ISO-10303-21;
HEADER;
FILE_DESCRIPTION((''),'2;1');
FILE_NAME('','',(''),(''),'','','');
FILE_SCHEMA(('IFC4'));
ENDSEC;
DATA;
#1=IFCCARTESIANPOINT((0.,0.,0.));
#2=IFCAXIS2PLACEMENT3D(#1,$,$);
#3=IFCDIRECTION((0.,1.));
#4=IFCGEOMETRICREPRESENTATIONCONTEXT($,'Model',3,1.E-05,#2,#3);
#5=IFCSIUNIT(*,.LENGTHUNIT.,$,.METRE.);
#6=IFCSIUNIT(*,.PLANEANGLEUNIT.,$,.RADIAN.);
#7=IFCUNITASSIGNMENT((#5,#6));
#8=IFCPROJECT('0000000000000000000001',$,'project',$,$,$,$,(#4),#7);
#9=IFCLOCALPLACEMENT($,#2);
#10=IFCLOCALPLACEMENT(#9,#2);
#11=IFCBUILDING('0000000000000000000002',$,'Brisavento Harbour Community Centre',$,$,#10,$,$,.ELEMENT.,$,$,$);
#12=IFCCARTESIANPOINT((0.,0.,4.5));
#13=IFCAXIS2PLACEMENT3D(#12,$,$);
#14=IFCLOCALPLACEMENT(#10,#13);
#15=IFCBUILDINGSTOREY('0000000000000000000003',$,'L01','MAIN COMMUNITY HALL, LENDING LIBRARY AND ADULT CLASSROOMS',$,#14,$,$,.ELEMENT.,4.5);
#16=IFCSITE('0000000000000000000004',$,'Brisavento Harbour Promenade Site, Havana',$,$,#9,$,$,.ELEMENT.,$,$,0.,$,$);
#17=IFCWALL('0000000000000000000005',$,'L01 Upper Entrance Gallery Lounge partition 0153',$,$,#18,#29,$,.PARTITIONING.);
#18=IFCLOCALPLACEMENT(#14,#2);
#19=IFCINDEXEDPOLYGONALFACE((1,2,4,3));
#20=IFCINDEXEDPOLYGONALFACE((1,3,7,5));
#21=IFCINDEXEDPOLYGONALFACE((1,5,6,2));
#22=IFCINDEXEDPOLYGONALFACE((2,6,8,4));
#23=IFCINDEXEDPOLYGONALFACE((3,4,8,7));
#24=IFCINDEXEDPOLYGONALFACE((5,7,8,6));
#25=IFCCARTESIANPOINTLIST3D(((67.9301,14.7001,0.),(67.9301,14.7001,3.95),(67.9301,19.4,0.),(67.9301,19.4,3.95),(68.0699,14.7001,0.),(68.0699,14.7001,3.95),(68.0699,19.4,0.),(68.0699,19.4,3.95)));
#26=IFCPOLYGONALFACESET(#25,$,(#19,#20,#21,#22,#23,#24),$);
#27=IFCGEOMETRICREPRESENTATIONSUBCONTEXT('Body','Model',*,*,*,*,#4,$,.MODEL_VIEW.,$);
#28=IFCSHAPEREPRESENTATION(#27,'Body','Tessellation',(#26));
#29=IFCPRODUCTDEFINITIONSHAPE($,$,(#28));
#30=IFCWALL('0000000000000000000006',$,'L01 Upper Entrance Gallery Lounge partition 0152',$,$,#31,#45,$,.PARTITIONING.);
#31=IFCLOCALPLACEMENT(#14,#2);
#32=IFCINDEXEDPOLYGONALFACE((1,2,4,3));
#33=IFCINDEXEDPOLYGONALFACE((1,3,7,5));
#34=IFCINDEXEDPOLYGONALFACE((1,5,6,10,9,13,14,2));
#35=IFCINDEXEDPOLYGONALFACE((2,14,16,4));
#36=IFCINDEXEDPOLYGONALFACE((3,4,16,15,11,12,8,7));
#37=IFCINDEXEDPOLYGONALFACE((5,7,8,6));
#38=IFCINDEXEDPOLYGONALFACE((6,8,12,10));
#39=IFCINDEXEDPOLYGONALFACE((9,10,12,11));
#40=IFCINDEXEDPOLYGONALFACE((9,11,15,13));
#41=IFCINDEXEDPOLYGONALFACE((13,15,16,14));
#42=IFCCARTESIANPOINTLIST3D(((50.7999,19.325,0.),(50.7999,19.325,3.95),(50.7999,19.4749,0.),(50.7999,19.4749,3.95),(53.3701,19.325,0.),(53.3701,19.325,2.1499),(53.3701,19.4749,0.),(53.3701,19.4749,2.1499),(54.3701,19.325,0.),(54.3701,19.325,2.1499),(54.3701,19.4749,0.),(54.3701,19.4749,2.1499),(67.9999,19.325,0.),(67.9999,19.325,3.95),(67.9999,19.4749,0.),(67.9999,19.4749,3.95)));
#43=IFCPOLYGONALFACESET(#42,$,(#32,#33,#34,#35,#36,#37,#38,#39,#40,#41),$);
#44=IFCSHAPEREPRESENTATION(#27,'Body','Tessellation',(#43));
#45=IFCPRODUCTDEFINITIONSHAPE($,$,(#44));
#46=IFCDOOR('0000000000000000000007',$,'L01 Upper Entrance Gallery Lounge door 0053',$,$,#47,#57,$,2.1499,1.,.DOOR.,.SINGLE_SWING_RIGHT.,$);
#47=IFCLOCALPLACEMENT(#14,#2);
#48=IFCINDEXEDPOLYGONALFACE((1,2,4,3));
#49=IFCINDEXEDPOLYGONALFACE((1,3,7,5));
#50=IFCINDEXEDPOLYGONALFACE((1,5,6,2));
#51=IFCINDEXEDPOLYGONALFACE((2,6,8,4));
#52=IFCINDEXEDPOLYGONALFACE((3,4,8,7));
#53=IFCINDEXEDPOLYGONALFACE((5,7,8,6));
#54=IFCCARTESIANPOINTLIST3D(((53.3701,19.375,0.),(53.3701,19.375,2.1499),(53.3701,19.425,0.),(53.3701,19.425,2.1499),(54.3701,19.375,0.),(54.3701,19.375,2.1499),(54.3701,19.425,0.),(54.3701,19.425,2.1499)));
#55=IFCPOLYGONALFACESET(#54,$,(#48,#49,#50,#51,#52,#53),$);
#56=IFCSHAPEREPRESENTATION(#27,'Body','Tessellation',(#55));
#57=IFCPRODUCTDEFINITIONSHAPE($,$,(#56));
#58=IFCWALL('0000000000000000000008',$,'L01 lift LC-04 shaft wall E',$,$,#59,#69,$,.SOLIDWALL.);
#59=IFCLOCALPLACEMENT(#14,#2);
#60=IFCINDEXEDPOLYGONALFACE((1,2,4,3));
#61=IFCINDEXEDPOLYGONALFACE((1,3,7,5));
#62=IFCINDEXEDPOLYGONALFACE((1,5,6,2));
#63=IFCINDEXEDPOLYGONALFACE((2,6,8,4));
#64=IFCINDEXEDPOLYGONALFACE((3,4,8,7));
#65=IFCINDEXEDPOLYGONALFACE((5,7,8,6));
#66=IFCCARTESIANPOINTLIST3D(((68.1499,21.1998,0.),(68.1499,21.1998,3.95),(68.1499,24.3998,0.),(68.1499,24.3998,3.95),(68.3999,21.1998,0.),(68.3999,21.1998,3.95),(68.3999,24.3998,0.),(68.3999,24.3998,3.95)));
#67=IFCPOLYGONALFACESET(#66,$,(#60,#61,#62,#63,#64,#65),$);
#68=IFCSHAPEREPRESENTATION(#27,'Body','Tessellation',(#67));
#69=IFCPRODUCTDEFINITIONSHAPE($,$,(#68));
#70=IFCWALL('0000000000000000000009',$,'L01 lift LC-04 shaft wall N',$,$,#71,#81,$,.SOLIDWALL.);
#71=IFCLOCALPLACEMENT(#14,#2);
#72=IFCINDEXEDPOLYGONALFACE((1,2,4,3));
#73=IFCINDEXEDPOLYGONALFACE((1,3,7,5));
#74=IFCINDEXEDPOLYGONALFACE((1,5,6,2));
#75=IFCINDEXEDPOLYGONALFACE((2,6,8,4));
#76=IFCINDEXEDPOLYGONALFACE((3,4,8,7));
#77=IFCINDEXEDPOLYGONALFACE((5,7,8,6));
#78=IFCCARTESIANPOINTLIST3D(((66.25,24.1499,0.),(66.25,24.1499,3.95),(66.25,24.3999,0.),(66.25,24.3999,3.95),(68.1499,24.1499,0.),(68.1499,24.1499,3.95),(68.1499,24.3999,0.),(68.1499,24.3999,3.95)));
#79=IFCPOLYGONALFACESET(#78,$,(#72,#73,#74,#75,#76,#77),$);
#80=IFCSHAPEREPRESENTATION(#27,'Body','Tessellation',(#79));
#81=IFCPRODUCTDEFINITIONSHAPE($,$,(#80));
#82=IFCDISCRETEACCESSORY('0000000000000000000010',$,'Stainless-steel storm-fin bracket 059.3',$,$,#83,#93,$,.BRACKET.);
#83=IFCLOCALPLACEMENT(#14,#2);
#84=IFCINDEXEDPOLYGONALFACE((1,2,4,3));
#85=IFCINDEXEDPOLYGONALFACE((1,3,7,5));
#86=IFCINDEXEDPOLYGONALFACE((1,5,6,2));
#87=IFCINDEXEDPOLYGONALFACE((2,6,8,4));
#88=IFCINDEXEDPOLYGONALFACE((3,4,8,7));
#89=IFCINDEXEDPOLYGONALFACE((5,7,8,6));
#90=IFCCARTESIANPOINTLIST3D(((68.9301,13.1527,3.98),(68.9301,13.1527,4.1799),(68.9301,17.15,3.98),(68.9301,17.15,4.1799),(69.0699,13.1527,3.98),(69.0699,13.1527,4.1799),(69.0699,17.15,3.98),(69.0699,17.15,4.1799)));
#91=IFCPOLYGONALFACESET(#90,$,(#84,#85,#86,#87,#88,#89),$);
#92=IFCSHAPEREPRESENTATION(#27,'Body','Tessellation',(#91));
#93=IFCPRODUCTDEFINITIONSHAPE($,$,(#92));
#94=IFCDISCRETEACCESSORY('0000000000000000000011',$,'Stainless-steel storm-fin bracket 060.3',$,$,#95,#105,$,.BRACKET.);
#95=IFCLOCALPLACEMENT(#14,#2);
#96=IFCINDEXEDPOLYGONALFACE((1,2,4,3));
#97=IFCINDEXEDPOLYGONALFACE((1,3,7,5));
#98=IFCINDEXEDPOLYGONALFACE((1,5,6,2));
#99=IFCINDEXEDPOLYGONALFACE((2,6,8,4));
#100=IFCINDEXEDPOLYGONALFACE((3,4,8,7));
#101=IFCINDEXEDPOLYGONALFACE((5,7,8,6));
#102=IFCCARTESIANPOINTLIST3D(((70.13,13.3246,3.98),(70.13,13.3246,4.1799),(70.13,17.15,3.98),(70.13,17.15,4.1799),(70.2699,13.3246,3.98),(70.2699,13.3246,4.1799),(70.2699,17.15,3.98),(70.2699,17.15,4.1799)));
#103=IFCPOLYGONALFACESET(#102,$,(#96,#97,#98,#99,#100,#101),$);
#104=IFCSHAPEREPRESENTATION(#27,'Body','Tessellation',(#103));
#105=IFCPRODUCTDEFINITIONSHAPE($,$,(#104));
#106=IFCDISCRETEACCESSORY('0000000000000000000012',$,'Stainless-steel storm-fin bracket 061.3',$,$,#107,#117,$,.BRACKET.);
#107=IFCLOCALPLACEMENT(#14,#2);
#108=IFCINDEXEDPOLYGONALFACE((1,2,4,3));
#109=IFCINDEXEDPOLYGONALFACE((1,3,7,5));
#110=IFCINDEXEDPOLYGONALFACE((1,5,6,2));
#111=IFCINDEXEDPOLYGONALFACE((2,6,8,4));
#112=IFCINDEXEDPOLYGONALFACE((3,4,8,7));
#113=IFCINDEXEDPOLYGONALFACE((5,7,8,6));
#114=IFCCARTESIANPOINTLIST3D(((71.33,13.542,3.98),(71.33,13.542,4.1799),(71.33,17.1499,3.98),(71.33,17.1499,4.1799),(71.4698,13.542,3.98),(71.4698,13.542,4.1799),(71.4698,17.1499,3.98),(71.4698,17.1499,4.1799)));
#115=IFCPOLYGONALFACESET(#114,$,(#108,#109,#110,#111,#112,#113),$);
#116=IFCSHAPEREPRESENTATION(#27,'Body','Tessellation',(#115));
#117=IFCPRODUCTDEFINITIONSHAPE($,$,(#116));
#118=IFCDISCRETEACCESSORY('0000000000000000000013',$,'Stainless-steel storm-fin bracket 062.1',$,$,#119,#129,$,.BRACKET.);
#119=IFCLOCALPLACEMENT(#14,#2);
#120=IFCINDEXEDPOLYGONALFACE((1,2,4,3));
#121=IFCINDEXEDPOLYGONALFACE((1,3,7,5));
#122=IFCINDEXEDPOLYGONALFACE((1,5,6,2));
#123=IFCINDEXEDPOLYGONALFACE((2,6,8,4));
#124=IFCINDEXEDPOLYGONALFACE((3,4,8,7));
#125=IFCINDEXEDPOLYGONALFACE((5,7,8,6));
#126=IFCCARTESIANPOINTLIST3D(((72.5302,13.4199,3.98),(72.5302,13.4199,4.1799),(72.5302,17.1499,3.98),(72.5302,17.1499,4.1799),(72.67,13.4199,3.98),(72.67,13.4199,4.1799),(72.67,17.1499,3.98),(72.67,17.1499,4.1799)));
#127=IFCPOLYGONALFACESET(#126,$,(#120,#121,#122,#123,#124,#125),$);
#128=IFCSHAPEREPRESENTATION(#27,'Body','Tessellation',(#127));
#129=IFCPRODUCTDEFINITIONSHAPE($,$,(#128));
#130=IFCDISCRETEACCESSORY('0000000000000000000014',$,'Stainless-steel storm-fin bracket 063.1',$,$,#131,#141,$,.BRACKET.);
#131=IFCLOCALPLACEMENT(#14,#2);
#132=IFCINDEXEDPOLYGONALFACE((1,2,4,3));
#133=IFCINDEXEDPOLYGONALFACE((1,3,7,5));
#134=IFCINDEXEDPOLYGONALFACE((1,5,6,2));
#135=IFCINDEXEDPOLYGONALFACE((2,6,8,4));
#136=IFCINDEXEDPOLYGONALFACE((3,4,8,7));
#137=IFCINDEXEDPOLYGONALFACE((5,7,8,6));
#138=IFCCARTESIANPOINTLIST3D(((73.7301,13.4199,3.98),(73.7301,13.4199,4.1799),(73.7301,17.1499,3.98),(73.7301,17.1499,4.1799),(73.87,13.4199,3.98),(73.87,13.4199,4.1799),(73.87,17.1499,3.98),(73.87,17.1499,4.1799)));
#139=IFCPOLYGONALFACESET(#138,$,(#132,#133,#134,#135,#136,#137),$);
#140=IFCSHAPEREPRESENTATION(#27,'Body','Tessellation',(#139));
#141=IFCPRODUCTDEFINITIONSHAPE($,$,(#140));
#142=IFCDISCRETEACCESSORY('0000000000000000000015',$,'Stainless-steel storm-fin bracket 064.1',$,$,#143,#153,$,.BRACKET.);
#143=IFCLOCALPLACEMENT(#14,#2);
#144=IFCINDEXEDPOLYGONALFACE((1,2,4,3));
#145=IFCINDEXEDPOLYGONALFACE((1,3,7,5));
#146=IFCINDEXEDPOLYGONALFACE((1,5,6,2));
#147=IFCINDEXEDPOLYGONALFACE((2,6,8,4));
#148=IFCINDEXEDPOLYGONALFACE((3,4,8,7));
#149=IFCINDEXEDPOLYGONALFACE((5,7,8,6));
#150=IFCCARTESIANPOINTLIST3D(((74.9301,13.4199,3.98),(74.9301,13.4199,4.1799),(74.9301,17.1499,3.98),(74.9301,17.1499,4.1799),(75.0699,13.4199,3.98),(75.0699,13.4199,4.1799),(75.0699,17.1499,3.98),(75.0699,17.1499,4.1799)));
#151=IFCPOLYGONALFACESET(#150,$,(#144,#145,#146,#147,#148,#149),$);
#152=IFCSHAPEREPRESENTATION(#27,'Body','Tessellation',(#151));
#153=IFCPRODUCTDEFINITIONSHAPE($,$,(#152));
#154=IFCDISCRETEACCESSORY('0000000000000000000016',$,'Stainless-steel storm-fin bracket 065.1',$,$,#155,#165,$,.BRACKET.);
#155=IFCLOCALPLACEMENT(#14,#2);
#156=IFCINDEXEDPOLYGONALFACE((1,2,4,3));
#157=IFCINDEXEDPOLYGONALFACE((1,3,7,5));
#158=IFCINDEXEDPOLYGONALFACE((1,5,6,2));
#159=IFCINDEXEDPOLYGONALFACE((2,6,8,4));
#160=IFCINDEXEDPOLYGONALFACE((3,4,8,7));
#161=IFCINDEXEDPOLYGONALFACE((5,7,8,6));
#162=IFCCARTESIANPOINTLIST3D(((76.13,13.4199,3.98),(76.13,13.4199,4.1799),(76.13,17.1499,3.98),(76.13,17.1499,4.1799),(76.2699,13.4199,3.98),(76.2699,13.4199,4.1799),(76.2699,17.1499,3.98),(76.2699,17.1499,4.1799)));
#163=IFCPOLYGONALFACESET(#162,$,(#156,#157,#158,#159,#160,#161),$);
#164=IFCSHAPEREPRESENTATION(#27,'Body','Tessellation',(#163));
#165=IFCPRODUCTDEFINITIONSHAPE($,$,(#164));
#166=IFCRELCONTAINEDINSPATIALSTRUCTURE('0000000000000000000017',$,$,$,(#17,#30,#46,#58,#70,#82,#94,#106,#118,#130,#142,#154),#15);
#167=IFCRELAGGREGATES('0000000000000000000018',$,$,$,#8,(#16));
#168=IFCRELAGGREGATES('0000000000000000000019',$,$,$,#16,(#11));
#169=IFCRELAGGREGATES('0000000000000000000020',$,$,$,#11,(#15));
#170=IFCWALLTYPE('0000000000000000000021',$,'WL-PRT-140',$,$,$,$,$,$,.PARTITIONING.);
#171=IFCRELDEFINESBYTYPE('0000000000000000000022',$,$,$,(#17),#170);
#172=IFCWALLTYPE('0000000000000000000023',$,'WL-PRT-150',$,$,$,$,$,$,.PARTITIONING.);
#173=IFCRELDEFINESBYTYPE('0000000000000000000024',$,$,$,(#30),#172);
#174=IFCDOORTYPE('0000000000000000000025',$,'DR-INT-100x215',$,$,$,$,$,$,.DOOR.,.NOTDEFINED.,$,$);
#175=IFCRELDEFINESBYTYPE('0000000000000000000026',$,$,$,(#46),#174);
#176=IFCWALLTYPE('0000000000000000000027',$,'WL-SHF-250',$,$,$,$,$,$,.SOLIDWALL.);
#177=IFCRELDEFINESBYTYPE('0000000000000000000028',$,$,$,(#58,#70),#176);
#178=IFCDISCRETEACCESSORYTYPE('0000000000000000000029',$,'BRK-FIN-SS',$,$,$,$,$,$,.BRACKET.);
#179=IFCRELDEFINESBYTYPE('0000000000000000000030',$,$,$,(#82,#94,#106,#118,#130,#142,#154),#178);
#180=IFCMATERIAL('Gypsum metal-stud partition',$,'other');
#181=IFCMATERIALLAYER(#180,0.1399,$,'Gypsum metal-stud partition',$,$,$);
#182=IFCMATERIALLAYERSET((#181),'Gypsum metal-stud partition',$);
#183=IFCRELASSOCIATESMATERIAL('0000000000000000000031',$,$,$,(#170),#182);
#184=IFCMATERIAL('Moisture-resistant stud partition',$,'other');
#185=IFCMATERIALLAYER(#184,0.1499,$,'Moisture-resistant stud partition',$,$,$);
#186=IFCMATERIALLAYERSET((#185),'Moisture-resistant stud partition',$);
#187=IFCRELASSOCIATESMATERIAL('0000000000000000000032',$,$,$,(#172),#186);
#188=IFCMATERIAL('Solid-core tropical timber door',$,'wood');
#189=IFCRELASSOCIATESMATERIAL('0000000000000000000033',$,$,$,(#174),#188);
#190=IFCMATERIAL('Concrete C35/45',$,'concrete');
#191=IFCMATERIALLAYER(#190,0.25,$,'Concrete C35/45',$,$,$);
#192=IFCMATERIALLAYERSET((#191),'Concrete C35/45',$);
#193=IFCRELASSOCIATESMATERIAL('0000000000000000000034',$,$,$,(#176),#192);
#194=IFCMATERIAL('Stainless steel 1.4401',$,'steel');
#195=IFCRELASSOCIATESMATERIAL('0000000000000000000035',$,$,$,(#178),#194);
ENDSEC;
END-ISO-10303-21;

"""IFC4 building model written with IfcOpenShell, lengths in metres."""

from ifc_helpers import new_model, si_unit, direction, frame, frame_2d, origin, origin_2d, place, context, subcontext, project, spatial, rectangle, extrude, material, layer, layer_set, type_object, element, fill, save


model = new_model("IFC4")

# Units and contexts
model_context = context("Model", 3, precision=1e-05, world=origin(), true_north=direction((0.0, 1.0)))
body_context = subcontext(model_context, "Body", "Model", "MODEL_VIEW")
ifc_project = project(units=[si_unit("LENGTHUNIT", "METRE"), si_unit("PLANEANGLEUNIT", "RADIAN")], contexts=[model_context])

# Site, building, storey
site_placement = place(None, origin())
site = spatial("IfcSite", under=ifc_project, at=site_placement, Name="Brisavento Harbour Promenade Site, Havana", CompositionType="ELEMENT", RefElevation=0.0)
building_placement = place(site_placement, origin())
building = spatial("IfcBuilding", under=site, at=building_placement, Name="Brisavento Harbour Community Centre", CompositionType="ELEMENT")
storey_placement = place(building_placement, frame((0.0, 0.0, 4.5)))
storey = spatial("IfcBuildingStorey", under=building, at=storey_placement, Name="L01", Description="MAIN COMMUNITY HALL, LENDING LIBRARY AND ADULT CLASSROOMS", CompositionType="ELEMENT", Elevation=4.5)

# Shared definitions
ifc_material_1 = material(Name="Concrete C35/45", Category="concrete")

# Wall
ifc_material_2 = material(Name="Gypsum metal-stud partition", Category="other")
ifc_layer_1 = layer(ifc_material_2, 0.1399, Name="Gypsum metal-stud partition")
ifc_layer_set_1 = layer_set([ifc_layer_1], Name="Gypsum metal-stud partition")
wall_type_1 = type_object("IfcWallType", Name="WL-PRT-140", PredefinedType="PARTITIONING", material=ifc_layer_set_1)
wall_1_placement = place(storey_placement, frame((68.0, 14.7, 0.0), z_axis=(0.0, 0.0, 1.0), x_axis=(0.0, 1.0, 0.0)))
element("IfcWall", 1, at=wall_1_placement, inside=storey, type_object=wall_type_1, Name="L01 Upper Entrance Gallery Lounge partition 0153", PredefinedType="PARTITIONING", context=body_context, shape_type="SweptSolid", body=[
    extrude(rectangle(XDim=4.7, YDim=0.1399, at=frame_2d((2.3501, 0.0))), origin(), (0.0, 0.0, 1.0), 3.95),
])

# Wall, opening, door
ifc_material_3 = material(Name="Moisture-resistant stud partition", Category="other")
ifc_layer_2 = layer(ifc_material_3, 0.1499, Name="Moisture-resistant stud partition")
ifc_layer_set_2 = layer_set([ifc_layer_2], Name="Moisture-resistant stud partition")
wall_type_2 = type_object("IfcWallType", Name="WL-PRT-150", PredefinedType="PARTITIONING", material=ifc_layer_set_2)
wall_2_placement = place(storey_placement, frame((68.0, 19.3999, 0.0), z_axis=(0.0, 0.0, 1.0), x_axis=(-1.0, 0.0, 0.0)))
wall_2 = element("IfcWall", 2, at=wall_2_placement, inside=storey, type_object=wall_type_2, Name="L01 Upper Entrance Gallery Lounge partition 0152", PredefinedType="PARTITIONING", context=body_context, shape_type="SweptSolid", body=[
    extrude(rectangle(XDim=17.2, YDim=0.1499, at=frame_2d((8.6001, 0.0))), origin(), (0.0, 0.0, 1.0), 3.95),
])
opening_placement = place(wall_2_placement, frame((13.6299, 0.0, 0.0)))
opening = element("IfcOpeningElement", 3, at=opening_placement, cuts=wall_2, PredefinedType="OPENING", context=body_context, shape_type="SweptSolid", body=[
    extrude(rectangle(XDim=1.0, YDim=2.1499, at=frame_2d((0.5, 1.075))), frame((0.0, 0.085, 0.0), z_axis=(0.0, -1.0, 0.0), x_axis=(1.0, 0.0, 0.0)), (0.0, 0.0, 1.0), 0.1699),
])
ifc_material_4 = material(Name="Solid-core tropical timber door", Category="wood")
door_type = type_object("IfcDoorType", Name="DR-INT-100x215", OperationType="NOTDEFINED", PredefinedType="DOOR", material=ifc_material_4)
door_placement = place(opening_placement, origin())
door = element("IfcDoor", 4, at=door_placement, inside=storey, type_object=door_type, Name="L01 Upper Entrance Gallery Lounge door 0053", OperationType="SINGLE_SWING_RIGHT", OverallHeight=2.1499, OverallWidth=1.0, PredefinedType="DOOR", context=body_context, shape_type="SweptSolid", body=[
    extrude(rectangle(XDim=1.0, YDim=2.1499, at=frame_2d((0.5, 1.075))), frame((0.0, 0.0249, 0.0), z_axis=(0.0, -1.0, 0.0), x_axis=(1.0, 0.0, 0.0)), (0.0, 0.0, 1.0), 0.05),
])
fill(opening, door)

# Walls
ifc_layer_3 = layer(ifc_material_1, 0.25, Name="Concrete C35/45")
ifc_layer_set_3 = layer_set([ifc_layer_3], Name="Concrete C35/45")
wall_type_3 = type_object("IfcWallType", Name="WL-SHF-250", PredefinedType="SOLIDWALL", material=ifc_layer_set_3)
wall_3_placement = place(storey_placement, frame((68.2749, 24.3999, 0.0), z_axis=(0.0, 0.0, 1.0), x_axis=(0.0, -1.0, 0.0)))
element("IfcWall", 5, at=wall_3_placement, inside=storey, type_object=wall_type_3, Name="L01 lift LC-04 shaft wall E", PredefinedType="SOLIDWALL", context=body_context, shape_type="SweptSolid", body=[
    extrude(rectangle(XDim=3.2, YDim=0.25, at=frame_2d((1.6001, 0.0))), origin(), (0.0, 0.0, 1.0), 3.95),
])
wall_4_placement = place(storey_placement, frame((68.1499, 24.2749, 0.0), z_axis=(0.0, 0.0, 1.0), x_axis=(-1.0, 0.0, 0.0)))
element("IfcWall", 6, at=wall_4_placement, inside=storey, type_object=wall_type_3, Name="L01 lift LC-04 shaft wall N", PredefinedType="SOLIDWALL", context=body_context, shape_type="SweptSolid", body=[
    extrude(rectangle(XDim=1.8999, YDim=0.25, at=frame_2d((0.95, 0.0))), origin(), (0.0, 0.0, 1.0), 3.95),
])

# Shared definitions
ifc_material_5 = material(Name="Stainless steel 1.4401", Category="steel")

# Discrete accessories
discrete_accessory_type = type_object("IfcDiscreteAccessoryType", Name="BRK-FIN-SS", PredefinedType="BRACKET", material=ifc_material_5)
discrete_accessory_1_placement = place(storey_placement, frame((69.0, 15.1514, 3.98), z_axis=(0.0, 0.0, 1.0), x_axis=(0.0, -1.0, 0.0)))
element("IfcDiscreteAccessory", 7, at=discrete_accessory_1_placement, inside=storey, type_object=discrete_accessory_type, Name="Stainless-steel storm-fin bracket 059.3", PredefinedType="BRACKET", context=body_context, shape_type="SweptSolid", body=[
    extrude(rectangle(XDim=3.9973, YDim=0.1399, at=origin_2d()), origin(), (0.0, 0.0, 1.0), 0.2),
])
discrete_accessory_2_placement = place(storey_placement, frame((70.2, 15.2373, 3.98), z_axis=(0.0, 0.0, 1.0), x_axis=(0.0, -1.0, 0.0)))
element("IfcDiscreteAccessory", 8, at=discrete_accessory_2_placement, inside=storey, type_object=discrete_accessory_type, Name="Stainless-steel storm-fin bracket 060.3", PredefinedType="BRACKET", context=body_context, shape_type="SweptSolid", body=[
    extrude(rectangle(XDim=3.8254, YDim=0.1399, at=origin_2d()), origin(), (0.0, 0.0, 1.0), 0.2),
])
discrete_accessory_3_placement = place(storey_placement, frame((71.3999, 15.3459, 3.98), z_axis=(0.0, 0.0, 1.0), x_axis=(0.0, -1.0, 0.0)))
element("IfcDiscreteAccessory", 9, at=discrete_accessory_3_placement, inside=storey, type_object=discrete_accessory_type, Name="Stainless-steel storm-fin bracket 061.3", PredefinedType="BRACKET", context=body_context, shape_type="SweptSolid", body=[
    extrude(rectangle(XDim=3.6079, YDim=0.1399, at=origin_2d()), origin(), (0.0, 0.0, 1.0), 0.2),
])
for number, where, z_axis, x_axis, name in (
    (10, (72.6001, 15.2849, 3.98), (0.0, 0.0, 1.0), (0.0, -1.0, 0.0), "Stainless-steel storm-fin bracket 062.1"),
    (11, (73.8, 15.2849, 3.98), (0.0, 0.0, 1.0), (0.0, -1.0, 0.0), "Stainless-steel storm-fin bracket 063.1"),
    (12, (75.0, 15.2849, 3.98), (0.0, 0.0, 1.0), (0.0, -1.0, 0.0), "Stainless-steel storm-fin bracket 064.1"),
    (13, (76.2, 15.2849, 3.98), (0.0, 0.0, 1.0), (0.0, -1.0, 0.0), "Stainless-steel storm-fin bracket 065.1"),
):
    element("IfcDiscreteAccessory", number, at=place(storey_placement, frame(where, z_axis=z_axis, x_axis=x_axis)), inside=storey, type_object=discrete_accessory_type, Name=name, PredefinedType="BRACKET", context=body_context, shape_type="SweptSolid", body=[
        extrude(rectangle(XDim=3.73, YDim=0.1399, at=origin_2d()), origin(), (0.0, 0.0, 1.0), 0.2),
    ])

save(model, "model.ifc")
